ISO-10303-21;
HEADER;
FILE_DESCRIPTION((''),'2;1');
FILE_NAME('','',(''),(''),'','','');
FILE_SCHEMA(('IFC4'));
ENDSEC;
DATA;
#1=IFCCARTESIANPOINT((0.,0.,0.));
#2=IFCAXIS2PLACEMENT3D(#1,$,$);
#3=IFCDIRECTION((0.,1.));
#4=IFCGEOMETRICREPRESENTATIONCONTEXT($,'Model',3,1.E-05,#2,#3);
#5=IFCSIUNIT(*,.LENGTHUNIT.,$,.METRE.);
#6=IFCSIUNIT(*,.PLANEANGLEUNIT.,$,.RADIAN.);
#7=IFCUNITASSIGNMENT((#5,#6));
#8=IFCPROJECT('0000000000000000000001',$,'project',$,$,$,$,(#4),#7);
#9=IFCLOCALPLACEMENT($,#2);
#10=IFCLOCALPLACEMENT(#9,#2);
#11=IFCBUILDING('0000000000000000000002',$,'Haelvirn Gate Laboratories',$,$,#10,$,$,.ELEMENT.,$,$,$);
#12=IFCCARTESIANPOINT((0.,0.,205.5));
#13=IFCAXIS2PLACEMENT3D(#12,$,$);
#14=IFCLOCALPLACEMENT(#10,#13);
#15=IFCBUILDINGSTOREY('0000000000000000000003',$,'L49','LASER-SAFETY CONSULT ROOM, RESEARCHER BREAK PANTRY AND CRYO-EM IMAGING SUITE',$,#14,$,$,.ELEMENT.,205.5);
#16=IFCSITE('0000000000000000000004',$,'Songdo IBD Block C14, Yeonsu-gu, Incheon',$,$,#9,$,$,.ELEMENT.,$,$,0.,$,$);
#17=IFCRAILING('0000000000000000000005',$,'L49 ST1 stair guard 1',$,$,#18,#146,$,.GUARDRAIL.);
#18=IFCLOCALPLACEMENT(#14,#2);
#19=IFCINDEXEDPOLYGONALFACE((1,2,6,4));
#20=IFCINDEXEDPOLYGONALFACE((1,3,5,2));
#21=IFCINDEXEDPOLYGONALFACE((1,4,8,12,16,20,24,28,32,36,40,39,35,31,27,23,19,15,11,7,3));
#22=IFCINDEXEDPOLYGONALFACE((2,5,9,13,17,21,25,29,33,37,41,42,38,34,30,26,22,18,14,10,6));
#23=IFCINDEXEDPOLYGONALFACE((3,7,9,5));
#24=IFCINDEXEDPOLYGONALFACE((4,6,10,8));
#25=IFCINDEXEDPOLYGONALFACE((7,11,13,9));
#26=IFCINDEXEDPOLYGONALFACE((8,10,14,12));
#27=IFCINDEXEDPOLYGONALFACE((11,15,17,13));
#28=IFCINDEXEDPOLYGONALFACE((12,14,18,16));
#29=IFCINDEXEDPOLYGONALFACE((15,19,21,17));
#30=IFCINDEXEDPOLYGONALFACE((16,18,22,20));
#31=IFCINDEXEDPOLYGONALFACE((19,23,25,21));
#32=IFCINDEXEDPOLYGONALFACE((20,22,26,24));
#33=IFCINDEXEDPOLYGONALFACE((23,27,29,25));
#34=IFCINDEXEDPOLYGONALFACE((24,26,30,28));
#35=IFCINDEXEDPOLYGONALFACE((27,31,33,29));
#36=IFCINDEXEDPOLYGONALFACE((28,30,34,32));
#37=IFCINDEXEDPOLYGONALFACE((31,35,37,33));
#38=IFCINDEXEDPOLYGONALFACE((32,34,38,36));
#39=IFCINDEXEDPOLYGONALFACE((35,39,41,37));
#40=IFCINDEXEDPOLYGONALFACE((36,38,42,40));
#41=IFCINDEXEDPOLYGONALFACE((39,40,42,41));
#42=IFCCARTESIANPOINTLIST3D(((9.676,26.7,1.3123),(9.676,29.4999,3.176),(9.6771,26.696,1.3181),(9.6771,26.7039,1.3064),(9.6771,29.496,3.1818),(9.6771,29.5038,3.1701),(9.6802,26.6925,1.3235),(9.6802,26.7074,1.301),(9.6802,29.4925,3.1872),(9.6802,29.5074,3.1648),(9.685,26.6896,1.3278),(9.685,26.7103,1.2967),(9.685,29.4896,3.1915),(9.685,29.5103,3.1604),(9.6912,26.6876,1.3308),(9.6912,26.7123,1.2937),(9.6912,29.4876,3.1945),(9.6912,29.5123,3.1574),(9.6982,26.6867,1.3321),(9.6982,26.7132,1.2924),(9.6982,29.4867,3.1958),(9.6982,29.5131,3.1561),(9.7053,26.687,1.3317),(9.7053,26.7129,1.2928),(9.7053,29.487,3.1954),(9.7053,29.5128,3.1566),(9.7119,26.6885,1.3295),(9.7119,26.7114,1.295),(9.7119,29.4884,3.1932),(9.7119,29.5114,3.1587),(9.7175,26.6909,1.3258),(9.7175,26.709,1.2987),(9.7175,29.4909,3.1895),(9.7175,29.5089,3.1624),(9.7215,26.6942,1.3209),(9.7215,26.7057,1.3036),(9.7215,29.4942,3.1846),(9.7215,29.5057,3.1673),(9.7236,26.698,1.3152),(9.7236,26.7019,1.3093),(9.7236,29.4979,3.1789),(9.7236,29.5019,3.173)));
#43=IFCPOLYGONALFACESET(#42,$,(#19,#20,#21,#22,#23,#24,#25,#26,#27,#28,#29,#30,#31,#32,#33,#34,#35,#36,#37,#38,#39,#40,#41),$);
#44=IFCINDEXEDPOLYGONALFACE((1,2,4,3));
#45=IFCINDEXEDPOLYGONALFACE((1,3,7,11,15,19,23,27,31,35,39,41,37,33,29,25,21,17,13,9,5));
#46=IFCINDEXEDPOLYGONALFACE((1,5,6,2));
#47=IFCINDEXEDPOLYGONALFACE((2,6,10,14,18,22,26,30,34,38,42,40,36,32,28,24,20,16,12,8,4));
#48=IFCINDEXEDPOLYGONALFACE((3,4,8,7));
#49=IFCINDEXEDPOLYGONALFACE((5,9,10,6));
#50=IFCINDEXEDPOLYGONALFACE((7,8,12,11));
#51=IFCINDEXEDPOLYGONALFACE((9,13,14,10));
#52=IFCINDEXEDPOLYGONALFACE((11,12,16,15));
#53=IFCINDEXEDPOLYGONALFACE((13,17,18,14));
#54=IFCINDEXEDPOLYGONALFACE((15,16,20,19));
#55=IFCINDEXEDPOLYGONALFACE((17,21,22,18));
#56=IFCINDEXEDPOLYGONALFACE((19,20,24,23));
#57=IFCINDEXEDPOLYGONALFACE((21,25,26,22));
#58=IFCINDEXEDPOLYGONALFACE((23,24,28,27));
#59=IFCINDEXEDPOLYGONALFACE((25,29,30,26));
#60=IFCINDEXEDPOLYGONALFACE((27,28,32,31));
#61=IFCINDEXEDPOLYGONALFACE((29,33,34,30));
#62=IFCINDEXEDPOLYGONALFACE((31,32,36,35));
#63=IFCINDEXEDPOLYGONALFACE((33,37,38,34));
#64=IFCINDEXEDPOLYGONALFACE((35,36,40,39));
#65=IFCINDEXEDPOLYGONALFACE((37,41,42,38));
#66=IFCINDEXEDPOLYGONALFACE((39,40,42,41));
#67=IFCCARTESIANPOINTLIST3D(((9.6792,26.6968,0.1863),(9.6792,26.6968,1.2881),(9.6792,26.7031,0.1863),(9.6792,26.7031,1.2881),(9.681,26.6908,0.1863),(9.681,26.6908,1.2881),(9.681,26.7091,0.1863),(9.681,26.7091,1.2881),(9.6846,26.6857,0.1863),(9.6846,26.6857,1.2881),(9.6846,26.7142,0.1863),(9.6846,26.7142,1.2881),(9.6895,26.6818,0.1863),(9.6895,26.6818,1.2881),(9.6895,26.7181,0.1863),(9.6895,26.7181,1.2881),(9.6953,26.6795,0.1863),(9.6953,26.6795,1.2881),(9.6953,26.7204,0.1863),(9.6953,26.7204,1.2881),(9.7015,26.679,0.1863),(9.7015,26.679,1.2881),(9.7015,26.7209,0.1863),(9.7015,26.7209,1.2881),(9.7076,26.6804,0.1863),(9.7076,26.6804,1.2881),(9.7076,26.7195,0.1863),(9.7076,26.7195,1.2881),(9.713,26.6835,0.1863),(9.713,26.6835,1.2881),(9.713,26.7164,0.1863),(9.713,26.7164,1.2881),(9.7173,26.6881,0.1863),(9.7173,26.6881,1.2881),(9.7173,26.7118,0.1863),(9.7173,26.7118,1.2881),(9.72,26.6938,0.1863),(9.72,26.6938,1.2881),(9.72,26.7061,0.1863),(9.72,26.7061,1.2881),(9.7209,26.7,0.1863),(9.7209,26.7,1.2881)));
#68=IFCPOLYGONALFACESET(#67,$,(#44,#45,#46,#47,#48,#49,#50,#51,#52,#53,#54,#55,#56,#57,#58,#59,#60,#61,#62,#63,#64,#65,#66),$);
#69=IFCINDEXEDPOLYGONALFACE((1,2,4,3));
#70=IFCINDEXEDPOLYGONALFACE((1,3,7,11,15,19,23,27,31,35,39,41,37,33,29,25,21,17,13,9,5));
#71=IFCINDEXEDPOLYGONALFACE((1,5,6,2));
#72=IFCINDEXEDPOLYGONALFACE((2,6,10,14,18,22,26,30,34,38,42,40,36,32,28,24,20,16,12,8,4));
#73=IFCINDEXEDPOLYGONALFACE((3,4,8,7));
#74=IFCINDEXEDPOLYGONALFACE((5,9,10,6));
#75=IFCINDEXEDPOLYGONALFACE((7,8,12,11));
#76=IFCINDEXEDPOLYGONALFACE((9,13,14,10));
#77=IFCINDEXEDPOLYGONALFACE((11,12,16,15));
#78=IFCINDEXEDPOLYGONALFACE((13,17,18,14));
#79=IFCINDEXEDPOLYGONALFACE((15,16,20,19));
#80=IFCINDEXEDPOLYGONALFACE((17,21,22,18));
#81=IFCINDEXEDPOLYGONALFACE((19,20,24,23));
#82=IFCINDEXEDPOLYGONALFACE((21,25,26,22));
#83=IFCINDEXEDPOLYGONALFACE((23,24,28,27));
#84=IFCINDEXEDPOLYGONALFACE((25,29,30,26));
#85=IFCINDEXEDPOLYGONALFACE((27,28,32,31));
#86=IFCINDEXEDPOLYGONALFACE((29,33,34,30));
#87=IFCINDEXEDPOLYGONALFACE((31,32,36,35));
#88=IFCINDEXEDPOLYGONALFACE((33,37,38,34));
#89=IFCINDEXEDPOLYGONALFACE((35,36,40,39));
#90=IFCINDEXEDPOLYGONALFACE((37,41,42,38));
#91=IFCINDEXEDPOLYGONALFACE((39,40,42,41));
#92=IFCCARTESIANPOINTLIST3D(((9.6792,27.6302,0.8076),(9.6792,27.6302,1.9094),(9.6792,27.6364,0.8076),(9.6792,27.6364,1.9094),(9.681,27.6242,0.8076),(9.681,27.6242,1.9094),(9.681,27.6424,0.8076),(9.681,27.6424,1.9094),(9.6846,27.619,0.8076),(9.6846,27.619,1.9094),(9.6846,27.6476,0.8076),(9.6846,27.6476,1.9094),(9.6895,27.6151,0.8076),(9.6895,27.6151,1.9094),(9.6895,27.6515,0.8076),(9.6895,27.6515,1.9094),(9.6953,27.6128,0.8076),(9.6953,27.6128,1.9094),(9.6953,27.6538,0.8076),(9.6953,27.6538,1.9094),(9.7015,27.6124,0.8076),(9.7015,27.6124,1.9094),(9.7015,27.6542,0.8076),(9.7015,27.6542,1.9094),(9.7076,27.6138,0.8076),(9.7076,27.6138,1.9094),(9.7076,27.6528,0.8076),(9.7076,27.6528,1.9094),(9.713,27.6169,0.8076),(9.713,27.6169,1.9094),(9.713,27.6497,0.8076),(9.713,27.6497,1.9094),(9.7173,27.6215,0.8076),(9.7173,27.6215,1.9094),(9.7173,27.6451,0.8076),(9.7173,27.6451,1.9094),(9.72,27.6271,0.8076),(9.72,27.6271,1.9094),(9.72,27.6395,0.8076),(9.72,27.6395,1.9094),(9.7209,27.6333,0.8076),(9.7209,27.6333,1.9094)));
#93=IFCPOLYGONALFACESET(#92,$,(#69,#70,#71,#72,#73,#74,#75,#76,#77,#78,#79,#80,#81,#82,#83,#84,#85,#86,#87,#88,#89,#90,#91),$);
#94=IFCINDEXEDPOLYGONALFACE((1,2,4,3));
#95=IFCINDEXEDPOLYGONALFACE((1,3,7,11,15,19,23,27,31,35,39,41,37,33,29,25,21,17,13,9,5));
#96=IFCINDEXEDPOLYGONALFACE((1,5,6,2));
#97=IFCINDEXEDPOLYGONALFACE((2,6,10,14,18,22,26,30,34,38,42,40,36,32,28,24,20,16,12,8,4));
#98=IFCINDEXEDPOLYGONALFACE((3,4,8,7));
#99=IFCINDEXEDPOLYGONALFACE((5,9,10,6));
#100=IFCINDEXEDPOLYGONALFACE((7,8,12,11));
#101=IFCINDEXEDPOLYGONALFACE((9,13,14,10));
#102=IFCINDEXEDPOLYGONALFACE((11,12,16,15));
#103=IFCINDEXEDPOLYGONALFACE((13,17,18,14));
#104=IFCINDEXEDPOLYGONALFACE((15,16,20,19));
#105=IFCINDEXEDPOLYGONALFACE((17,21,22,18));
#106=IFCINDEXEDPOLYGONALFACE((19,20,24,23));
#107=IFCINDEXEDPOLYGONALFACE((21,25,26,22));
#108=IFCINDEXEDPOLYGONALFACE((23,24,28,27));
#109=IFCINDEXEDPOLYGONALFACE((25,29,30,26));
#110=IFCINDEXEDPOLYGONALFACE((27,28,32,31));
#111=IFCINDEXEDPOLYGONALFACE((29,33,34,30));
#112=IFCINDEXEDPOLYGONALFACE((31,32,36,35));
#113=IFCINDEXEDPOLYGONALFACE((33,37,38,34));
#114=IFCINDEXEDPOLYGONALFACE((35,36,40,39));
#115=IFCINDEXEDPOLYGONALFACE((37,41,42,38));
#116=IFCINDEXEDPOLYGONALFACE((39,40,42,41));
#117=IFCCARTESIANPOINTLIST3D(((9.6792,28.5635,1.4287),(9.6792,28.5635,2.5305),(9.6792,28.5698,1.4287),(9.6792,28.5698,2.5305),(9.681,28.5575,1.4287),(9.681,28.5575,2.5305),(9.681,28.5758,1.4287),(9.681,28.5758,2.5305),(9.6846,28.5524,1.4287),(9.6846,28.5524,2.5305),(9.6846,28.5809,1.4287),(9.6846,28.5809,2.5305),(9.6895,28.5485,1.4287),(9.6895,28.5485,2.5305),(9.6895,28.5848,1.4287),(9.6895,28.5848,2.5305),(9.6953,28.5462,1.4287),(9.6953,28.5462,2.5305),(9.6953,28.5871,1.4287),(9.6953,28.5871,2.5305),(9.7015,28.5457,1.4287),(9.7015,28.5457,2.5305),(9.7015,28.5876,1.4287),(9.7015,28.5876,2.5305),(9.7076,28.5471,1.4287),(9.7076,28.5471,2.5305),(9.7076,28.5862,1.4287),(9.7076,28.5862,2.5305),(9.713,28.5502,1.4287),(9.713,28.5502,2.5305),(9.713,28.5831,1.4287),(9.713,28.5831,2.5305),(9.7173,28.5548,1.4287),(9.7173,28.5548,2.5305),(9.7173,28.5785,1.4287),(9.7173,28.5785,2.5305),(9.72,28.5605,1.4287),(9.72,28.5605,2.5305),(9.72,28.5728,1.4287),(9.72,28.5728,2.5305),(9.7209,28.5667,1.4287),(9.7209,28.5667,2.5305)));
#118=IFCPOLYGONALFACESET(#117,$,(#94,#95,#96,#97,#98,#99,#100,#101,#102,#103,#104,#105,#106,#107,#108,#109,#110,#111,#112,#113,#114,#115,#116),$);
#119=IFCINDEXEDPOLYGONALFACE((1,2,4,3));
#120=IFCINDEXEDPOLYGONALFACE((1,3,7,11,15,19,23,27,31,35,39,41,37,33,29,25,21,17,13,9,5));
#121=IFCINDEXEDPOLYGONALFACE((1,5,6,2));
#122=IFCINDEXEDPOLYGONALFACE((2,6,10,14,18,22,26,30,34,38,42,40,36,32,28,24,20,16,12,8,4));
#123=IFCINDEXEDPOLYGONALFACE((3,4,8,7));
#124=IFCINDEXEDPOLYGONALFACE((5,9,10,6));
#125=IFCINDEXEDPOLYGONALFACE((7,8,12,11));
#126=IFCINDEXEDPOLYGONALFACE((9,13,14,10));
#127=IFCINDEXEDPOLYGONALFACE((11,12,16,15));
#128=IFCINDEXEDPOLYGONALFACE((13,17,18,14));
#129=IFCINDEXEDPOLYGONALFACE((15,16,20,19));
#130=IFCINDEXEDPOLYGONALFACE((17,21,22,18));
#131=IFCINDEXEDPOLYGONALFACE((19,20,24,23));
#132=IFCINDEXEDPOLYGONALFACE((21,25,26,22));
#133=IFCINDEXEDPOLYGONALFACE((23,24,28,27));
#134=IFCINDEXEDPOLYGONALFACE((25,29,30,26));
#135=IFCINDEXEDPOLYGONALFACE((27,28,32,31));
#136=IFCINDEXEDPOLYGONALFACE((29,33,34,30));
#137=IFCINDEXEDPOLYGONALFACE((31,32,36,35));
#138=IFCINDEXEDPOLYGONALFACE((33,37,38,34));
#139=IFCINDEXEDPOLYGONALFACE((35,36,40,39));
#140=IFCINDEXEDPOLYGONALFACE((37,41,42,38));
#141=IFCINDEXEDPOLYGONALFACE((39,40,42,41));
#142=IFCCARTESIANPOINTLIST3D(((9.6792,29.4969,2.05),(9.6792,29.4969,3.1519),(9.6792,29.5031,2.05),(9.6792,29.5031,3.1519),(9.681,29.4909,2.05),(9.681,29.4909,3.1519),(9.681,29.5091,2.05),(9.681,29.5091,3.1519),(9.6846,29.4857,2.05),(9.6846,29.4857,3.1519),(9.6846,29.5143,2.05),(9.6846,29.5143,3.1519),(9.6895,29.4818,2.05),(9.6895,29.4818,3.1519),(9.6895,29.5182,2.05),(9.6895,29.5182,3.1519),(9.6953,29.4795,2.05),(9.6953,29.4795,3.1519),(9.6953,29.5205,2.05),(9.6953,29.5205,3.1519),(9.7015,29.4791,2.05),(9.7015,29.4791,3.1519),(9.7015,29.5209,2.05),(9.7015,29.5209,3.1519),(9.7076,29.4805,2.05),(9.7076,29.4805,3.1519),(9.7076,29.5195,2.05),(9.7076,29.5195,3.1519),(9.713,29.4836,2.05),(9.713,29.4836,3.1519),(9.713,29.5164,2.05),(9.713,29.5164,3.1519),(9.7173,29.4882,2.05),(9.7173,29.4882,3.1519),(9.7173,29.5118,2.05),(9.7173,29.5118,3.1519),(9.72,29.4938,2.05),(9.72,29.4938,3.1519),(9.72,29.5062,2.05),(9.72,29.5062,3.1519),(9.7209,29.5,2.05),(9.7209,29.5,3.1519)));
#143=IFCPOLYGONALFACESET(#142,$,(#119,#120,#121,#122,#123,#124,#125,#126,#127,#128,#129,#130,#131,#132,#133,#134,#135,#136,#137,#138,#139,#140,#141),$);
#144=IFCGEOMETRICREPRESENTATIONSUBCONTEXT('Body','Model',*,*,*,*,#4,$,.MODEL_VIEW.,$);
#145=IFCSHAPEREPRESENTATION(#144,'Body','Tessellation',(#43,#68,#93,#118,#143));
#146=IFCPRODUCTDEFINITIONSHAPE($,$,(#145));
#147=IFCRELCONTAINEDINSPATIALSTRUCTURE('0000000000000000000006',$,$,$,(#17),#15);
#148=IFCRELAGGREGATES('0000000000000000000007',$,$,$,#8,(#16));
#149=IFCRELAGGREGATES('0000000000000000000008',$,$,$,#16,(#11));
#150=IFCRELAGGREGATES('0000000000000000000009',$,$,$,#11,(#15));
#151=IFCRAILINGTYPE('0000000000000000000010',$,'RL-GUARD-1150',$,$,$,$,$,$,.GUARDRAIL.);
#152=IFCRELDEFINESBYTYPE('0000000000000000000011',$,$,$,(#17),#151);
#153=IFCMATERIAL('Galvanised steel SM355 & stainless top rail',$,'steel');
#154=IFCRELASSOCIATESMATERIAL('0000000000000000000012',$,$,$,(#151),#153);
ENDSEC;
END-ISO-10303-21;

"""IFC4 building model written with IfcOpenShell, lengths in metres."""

from ifc_helpers import new_model, si_unit, direction, frame, origin, origin_2d, place, context, subcontext, project, spatial, circle, extrude, source, transform, mapped, material, type_object, element, save


model = new_model("IFC4")

# Units and contexts
model_context = context("Model", 3, precision=1e-05, world=origin(), true_north=direction((0.0, 1.0)))
body_context = subcontext(model_context, "Body", "Model", "MODEL_VIEW")
ifc_project = project(units=[si_unit("LENGTHUNIT", "METRE"), si_unit("PLANEANGLEUNIT", "RADIAN")], contexts=[model_context])

# Site, building, storey
site_placement = place(None, origin())
site = spatial("IfcSite", under=ifc_project, at=site_placement, Name="Songdo IBD Block C14, Yeonsu-gu, Incheon", CompositionType="ELEMENT", RefElevation=0.0)
building_placement = place(site_placement, origin())
building = spatial("IfcBuilding", under=site, at=building_placement, Name="Haelvirn Gate Laboratories", CompositionType="ELEMENT")
storey_placement = place(building_placement, frame((0.0, 0.0, 205.5)))
storey = spatial("IfcBuildingStorey", under=building, at=storey_placement, Name="L49", Description="LASER-SAFETY CONSULT ROOM, RESEARCHER BREAK PANTRY AND CRYO-EM IMAGING SUITE", CompositionType="ELEMENT", Elevation=205.5)

# Railing
ifc_material_1 = material(Name="Galvanised steel SM355 & stainless top rail", Category="steel")
railing_type_1 = type_object("IfcRailingType", Name="RL-GUARD-1150", PredefinedType="GUARDRAIL", material=ifc_material_1)
shared_shape_1 = source(origin(), body_context, "Body", "SweptSolid", [
    extrude(circle(Radius=0.0239, at=origin_2d()), frame((0.0, 0.0, 1.126), z_axis=(0.0, 0.832452, 0.554097), x_axis=(-1.0, 0.0, 0.0)), (0.0, 0.0, 1.0), 3.3635),
    extrude(circle(Radius=0.021, at=origin_2d()), origin(), (0.0, 0.0, 1.0), 1.1018),
    extrude(circle(Radius=0.021, at=origin_2d()), frame((0.0, 0.9333, 0.6213)), (0.0, 0.0, 1.0), 1.1018),
    extrude(circle(Radius=0.021, at=origin_2d()), frame((0.0, 1.8667, 1.2424)), (0.0, 0.0, 1.0), 1.1018),
    extrude(circle(Radius=0.021, at=origin_2d()), frame((0.0, 2.8, 1.8638)), (0.0, 0.0, 1.0), 1.1018),
])
railing_1_placement = place(storey_placement, frame((9.7, 26.7, 0.1863)))
element("IfcRailing", 1, at=railing_1_placement, inside=storey, type_object=railing_type_1, Name="L49 ST1 stair guard 1", PredefinedType="GUARDRAIL", context=body_context, shape_type="MappedRepresentation", body=[
    mapped(shared_shape_1, transform((0.0, 0.0, 0.0), scale=1.0)),
])

save(model, "model.ifc")
